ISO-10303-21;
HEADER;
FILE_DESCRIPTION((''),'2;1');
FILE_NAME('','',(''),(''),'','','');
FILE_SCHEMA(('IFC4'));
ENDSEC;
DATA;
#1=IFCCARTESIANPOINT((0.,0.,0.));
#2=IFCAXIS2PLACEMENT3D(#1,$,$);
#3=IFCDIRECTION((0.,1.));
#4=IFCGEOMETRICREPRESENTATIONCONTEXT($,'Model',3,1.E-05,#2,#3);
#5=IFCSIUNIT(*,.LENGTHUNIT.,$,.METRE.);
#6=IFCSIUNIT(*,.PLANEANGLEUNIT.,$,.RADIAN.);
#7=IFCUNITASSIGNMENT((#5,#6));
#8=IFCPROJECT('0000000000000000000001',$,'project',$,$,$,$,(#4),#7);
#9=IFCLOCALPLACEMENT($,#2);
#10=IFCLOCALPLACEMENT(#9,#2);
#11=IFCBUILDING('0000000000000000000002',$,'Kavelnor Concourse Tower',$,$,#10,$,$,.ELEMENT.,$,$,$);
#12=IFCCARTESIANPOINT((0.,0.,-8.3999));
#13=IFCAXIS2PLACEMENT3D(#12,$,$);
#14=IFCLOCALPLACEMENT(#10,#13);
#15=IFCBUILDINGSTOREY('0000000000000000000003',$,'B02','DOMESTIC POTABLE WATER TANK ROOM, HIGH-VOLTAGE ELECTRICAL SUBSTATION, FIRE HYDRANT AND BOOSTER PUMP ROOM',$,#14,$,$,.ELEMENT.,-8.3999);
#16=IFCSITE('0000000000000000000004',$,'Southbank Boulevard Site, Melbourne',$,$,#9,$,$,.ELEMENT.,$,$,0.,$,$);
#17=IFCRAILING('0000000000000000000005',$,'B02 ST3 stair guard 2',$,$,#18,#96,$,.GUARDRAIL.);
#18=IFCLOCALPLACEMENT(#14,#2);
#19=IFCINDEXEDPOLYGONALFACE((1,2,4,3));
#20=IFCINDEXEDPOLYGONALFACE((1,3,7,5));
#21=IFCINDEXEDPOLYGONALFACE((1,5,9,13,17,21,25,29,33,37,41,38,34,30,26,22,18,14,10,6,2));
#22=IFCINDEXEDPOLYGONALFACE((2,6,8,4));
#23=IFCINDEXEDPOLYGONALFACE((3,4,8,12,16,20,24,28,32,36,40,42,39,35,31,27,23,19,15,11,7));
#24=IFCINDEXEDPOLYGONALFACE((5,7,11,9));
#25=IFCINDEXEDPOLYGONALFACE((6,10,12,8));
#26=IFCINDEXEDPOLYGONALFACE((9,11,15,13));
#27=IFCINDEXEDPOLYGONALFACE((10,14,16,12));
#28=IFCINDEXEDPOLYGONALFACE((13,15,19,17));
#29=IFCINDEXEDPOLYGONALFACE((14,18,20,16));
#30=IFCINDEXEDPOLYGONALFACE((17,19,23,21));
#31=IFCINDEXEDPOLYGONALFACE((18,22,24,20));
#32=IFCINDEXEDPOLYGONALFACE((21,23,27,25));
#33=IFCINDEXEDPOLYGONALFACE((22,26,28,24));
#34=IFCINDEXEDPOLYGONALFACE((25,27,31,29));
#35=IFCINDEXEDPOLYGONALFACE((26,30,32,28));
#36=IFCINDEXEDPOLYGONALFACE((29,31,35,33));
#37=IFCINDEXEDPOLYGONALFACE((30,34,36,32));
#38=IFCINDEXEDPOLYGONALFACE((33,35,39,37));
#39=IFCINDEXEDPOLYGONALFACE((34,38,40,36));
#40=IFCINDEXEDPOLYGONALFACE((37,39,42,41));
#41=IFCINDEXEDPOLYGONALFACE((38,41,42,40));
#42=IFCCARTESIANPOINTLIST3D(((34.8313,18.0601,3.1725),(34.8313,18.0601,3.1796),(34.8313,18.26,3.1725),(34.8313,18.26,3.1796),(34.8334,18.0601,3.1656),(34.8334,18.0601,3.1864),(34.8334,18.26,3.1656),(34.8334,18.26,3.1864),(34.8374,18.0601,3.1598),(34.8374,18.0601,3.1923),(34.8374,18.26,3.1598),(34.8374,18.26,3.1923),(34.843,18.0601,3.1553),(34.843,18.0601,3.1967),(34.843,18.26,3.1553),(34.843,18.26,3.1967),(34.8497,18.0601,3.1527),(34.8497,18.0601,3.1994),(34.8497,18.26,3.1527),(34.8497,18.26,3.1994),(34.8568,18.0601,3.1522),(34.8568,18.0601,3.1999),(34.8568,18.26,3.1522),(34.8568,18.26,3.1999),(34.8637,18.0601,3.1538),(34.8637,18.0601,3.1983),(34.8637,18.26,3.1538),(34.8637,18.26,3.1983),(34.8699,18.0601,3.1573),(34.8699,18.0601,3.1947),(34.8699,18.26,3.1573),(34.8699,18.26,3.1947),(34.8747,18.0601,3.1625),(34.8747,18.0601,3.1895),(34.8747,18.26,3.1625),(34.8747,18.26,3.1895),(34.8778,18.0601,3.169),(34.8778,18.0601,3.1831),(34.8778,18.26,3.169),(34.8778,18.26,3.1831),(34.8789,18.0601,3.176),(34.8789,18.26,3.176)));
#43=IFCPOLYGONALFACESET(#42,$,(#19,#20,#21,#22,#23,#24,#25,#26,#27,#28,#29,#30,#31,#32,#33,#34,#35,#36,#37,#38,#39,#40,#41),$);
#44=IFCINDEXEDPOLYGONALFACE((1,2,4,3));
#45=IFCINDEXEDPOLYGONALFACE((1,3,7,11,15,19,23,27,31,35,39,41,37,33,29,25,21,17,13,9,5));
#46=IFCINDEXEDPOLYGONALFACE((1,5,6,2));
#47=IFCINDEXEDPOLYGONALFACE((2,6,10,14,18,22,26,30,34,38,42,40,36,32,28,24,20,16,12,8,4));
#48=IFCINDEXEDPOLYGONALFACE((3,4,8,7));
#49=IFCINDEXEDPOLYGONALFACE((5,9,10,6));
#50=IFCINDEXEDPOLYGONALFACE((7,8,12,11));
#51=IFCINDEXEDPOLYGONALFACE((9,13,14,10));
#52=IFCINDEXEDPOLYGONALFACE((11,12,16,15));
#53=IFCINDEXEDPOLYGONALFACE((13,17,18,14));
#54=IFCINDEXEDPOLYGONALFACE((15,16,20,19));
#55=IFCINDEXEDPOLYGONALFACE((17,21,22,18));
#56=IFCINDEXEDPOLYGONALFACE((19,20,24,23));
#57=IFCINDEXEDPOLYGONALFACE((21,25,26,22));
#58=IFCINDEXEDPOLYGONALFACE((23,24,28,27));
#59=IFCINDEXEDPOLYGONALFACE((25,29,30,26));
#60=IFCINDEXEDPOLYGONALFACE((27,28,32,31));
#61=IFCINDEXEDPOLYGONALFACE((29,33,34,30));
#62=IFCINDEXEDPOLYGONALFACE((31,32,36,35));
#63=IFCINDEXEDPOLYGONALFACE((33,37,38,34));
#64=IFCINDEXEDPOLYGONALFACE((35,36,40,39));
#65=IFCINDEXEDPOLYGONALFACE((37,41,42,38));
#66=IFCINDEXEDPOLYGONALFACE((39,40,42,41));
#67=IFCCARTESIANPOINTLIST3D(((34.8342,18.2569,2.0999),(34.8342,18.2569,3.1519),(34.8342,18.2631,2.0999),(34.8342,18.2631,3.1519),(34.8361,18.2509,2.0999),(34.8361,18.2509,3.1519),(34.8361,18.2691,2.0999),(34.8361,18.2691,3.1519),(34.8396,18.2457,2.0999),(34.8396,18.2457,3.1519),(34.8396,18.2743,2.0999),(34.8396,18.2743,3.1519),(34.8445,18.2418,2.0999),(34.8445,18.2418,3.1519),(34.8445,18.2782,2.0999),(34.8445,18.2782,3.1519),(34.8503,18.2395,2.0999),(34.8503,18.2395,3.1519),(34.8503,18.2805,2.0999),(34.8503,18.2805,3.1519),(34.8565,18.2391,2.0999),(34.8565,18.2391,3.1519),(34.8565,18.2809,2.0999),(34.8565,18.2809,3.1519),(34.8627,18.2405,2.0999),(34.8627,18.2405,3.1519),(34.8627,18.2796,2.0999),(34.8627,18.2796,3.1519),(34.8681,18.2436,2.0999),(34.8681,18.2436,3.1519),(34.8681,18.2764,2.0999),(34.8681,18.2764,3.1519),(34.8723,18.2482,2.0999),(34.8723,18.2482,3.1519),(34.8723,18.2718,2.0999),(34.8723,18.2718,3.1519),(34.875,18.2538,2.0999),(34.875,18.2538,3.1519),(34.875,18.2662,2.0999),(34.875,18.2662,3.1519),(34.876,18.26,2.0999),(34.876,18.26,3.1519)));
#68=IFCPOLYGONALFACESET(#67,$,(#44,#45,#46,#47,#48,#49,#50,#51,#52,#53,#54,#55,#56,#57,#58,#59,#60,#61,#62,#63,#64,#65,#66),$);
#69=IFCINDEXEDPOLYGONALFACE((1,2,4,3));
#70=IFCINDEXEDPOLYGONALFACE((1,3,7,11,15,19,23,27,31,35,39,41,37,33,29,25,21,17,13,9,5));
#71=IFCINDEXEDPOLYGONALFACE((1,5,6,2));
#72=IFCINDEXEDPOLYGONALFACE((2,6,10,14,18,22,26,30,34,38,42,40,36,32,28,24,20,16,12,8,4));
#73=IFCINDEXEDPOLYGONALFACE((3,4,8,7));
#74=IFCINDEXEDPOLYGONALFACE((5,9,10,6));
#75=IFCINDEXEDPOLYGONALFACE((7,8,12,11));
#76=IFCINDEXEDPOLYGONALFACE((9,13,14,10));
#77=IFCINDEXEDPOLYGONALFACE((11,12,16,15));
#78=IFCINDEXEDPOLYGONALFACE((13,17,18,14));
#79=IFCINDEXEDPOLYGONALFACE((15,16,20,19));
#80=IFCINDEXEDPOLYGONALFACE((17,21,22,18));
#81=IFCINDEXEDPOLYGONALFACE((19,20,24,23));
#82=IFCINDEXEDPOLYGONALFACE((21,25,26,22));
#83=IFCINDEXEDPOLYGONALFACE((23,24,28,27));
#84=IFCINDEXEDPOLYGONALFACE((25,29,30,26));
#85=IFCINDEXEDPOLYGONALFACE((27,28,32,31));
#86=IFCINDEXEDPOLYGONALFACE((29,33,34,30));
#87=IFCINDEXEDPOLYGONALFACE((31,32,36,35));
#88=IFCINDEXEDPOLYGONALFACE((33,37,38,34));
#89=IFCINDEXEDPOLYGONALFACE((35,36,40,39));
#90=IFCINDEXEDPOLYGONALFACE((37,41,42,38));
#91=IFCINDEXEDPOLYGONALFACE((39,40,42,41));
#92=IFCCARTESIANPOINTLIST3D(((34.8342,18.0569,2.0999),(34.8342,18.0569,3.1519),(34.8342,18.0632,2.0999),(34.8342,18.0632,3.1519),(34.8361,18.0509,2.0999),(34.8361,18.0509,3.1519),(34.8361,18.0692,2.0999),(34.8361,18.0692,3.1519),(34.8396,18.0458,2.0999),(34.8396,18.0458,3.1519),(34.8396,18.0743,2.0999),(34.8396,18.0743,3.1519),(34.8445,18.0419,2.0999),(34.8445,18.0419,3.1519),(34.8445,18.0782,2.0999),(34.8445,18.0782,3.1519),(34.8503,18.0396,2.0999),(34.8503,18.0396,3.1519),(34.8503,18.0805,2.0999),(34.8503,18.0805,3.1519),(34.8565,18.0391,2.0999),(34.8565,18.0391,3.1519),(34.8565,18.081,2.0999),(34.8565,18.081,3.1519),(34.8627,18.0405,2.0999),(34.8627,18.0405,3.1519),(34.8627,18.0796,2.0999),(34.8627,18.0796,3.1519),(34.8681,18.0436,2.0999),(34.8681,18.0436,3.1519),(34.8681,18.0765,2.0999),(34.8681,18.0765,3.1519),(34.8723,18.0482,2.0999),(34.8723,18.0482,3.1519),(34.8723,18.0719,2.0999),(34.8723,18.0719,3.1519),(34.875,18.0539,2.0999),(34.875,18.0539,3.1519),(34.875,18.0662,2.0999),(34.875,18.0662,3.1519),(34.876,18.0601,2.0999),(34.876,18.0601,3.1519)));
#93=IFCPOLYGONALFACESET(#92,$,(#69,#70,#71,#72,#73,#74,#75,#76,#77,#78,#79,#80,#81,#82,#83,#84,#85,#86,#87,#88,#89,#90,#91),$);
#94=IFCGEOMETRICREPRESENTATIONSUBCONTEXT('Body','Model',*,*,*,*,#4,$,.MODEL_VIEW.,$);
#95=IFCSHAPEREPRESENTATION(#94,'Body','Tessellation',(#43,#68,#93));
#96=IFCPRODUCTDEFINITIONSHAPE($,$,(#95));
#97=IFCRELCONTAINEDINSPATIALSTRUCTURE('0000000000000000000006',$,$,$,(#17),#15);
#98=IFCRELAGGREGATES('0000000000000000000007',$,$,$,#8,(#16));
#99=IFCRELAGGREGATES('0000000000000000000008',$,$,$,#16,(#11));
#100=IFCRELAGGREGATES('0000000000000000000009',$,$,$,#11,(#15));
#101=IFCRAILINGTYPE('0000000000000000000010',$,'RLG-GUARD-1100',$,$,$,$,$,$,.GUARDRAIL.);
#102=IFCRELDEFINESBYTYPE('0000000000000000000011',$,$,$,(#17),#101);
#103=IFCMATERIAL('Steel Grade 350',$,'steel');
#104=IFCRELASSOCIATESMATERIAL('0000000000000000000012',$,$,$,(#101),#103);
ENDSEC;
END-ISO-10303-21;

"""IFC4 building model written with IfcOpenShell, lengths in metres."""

from ifc_helpers import new_model, si_unit, direction, frame, origin, origin_2d, place, context, subcontext, project, spatial, circle, extrude, material, type_object, element, save


model = new_model("IFC4")

# Units and contexts
model_context = context("Model", 3, precision=1e-05, world=origin(), true_north=direction((0.0, 1.0)))
body_context = subcontext(model_context, "Body", "Model", "MODEL_VIEW")
ifc_project = project(units=[si_unit("LENGTHUNIT", "METRE"), si_unit("PLANEANGLEUNIT", "RADIAN")], contexts=[model_context])

# Site, building, storey
site_placement = place(None, origin())
site = spatial("IfcSite", under=ifc_project, at=site_placement, Name="Southbank Boulevard Site, Melbourne", CompositionType="ELEMENT", RefElevation=0.0)
building_placement = place(site_placement, origin())
building = spatial("IfcBuilding", under=site, at=building_placement, Name="Kavelnor Concourse Tower", CompositionType="ELEMENT")
storey_placement = place(building_placement, frame((0.0, 0.0, -8.3999)))
storey = spatial("IfcBuildingStorey", under=building, at=storey_placement, Name="B02", Description="DOMESTIC POTABLE WATER TANK ROOM, HIGH-VOLTAGE ELECTRICAL SUBSTATION, FIRE HYDRANT AND BOOSTER PUMP ROOM", CompositionType="ELEMENT", Elevation=-8.3999)

# Shared definitions
ifc_material_1 = material(Name="Steel Grade 350", Category="steel")

# Railing
railing_type_1 = type_object("IfcRailingType", Name="RLG-GUARD-1100", PredefinedType="GUARDRAIL", material=ifc_material_1)
railing_1_placement = place(storey_placement, frame((34.855, 18.26, 2.0999)))
element("IfcRailing", 1, at=railing_1_placement, inside=storey, type_object=railing_type_1, Name="B02 ST3 stair guard 2", PredefinedType="GUARDRAIL", context=body_context, shape_type="SweptSolid", body=[
    extrude(circle(Radius=0.0239, at=origin_2d()), frame((0.0, 0.0, 1.0762), z_axis=(0.0, -1.0, 0.0), x_axis=(1.0, 0.0, 0.0)), (0.0, 0.0, 1.0), 0.2),
    extrude(circle(Radius=0.021, at=origin_2d()), origin(), (0.0, 0.0, 1.0), 1.052),
    extrude(circle(Radius=0.021, at=origin_2d()), frame((0.0, -0.2, 0.0)), (0.0, 0.0, 1.0), 1.052),
])

save(model, "model.ifc")
